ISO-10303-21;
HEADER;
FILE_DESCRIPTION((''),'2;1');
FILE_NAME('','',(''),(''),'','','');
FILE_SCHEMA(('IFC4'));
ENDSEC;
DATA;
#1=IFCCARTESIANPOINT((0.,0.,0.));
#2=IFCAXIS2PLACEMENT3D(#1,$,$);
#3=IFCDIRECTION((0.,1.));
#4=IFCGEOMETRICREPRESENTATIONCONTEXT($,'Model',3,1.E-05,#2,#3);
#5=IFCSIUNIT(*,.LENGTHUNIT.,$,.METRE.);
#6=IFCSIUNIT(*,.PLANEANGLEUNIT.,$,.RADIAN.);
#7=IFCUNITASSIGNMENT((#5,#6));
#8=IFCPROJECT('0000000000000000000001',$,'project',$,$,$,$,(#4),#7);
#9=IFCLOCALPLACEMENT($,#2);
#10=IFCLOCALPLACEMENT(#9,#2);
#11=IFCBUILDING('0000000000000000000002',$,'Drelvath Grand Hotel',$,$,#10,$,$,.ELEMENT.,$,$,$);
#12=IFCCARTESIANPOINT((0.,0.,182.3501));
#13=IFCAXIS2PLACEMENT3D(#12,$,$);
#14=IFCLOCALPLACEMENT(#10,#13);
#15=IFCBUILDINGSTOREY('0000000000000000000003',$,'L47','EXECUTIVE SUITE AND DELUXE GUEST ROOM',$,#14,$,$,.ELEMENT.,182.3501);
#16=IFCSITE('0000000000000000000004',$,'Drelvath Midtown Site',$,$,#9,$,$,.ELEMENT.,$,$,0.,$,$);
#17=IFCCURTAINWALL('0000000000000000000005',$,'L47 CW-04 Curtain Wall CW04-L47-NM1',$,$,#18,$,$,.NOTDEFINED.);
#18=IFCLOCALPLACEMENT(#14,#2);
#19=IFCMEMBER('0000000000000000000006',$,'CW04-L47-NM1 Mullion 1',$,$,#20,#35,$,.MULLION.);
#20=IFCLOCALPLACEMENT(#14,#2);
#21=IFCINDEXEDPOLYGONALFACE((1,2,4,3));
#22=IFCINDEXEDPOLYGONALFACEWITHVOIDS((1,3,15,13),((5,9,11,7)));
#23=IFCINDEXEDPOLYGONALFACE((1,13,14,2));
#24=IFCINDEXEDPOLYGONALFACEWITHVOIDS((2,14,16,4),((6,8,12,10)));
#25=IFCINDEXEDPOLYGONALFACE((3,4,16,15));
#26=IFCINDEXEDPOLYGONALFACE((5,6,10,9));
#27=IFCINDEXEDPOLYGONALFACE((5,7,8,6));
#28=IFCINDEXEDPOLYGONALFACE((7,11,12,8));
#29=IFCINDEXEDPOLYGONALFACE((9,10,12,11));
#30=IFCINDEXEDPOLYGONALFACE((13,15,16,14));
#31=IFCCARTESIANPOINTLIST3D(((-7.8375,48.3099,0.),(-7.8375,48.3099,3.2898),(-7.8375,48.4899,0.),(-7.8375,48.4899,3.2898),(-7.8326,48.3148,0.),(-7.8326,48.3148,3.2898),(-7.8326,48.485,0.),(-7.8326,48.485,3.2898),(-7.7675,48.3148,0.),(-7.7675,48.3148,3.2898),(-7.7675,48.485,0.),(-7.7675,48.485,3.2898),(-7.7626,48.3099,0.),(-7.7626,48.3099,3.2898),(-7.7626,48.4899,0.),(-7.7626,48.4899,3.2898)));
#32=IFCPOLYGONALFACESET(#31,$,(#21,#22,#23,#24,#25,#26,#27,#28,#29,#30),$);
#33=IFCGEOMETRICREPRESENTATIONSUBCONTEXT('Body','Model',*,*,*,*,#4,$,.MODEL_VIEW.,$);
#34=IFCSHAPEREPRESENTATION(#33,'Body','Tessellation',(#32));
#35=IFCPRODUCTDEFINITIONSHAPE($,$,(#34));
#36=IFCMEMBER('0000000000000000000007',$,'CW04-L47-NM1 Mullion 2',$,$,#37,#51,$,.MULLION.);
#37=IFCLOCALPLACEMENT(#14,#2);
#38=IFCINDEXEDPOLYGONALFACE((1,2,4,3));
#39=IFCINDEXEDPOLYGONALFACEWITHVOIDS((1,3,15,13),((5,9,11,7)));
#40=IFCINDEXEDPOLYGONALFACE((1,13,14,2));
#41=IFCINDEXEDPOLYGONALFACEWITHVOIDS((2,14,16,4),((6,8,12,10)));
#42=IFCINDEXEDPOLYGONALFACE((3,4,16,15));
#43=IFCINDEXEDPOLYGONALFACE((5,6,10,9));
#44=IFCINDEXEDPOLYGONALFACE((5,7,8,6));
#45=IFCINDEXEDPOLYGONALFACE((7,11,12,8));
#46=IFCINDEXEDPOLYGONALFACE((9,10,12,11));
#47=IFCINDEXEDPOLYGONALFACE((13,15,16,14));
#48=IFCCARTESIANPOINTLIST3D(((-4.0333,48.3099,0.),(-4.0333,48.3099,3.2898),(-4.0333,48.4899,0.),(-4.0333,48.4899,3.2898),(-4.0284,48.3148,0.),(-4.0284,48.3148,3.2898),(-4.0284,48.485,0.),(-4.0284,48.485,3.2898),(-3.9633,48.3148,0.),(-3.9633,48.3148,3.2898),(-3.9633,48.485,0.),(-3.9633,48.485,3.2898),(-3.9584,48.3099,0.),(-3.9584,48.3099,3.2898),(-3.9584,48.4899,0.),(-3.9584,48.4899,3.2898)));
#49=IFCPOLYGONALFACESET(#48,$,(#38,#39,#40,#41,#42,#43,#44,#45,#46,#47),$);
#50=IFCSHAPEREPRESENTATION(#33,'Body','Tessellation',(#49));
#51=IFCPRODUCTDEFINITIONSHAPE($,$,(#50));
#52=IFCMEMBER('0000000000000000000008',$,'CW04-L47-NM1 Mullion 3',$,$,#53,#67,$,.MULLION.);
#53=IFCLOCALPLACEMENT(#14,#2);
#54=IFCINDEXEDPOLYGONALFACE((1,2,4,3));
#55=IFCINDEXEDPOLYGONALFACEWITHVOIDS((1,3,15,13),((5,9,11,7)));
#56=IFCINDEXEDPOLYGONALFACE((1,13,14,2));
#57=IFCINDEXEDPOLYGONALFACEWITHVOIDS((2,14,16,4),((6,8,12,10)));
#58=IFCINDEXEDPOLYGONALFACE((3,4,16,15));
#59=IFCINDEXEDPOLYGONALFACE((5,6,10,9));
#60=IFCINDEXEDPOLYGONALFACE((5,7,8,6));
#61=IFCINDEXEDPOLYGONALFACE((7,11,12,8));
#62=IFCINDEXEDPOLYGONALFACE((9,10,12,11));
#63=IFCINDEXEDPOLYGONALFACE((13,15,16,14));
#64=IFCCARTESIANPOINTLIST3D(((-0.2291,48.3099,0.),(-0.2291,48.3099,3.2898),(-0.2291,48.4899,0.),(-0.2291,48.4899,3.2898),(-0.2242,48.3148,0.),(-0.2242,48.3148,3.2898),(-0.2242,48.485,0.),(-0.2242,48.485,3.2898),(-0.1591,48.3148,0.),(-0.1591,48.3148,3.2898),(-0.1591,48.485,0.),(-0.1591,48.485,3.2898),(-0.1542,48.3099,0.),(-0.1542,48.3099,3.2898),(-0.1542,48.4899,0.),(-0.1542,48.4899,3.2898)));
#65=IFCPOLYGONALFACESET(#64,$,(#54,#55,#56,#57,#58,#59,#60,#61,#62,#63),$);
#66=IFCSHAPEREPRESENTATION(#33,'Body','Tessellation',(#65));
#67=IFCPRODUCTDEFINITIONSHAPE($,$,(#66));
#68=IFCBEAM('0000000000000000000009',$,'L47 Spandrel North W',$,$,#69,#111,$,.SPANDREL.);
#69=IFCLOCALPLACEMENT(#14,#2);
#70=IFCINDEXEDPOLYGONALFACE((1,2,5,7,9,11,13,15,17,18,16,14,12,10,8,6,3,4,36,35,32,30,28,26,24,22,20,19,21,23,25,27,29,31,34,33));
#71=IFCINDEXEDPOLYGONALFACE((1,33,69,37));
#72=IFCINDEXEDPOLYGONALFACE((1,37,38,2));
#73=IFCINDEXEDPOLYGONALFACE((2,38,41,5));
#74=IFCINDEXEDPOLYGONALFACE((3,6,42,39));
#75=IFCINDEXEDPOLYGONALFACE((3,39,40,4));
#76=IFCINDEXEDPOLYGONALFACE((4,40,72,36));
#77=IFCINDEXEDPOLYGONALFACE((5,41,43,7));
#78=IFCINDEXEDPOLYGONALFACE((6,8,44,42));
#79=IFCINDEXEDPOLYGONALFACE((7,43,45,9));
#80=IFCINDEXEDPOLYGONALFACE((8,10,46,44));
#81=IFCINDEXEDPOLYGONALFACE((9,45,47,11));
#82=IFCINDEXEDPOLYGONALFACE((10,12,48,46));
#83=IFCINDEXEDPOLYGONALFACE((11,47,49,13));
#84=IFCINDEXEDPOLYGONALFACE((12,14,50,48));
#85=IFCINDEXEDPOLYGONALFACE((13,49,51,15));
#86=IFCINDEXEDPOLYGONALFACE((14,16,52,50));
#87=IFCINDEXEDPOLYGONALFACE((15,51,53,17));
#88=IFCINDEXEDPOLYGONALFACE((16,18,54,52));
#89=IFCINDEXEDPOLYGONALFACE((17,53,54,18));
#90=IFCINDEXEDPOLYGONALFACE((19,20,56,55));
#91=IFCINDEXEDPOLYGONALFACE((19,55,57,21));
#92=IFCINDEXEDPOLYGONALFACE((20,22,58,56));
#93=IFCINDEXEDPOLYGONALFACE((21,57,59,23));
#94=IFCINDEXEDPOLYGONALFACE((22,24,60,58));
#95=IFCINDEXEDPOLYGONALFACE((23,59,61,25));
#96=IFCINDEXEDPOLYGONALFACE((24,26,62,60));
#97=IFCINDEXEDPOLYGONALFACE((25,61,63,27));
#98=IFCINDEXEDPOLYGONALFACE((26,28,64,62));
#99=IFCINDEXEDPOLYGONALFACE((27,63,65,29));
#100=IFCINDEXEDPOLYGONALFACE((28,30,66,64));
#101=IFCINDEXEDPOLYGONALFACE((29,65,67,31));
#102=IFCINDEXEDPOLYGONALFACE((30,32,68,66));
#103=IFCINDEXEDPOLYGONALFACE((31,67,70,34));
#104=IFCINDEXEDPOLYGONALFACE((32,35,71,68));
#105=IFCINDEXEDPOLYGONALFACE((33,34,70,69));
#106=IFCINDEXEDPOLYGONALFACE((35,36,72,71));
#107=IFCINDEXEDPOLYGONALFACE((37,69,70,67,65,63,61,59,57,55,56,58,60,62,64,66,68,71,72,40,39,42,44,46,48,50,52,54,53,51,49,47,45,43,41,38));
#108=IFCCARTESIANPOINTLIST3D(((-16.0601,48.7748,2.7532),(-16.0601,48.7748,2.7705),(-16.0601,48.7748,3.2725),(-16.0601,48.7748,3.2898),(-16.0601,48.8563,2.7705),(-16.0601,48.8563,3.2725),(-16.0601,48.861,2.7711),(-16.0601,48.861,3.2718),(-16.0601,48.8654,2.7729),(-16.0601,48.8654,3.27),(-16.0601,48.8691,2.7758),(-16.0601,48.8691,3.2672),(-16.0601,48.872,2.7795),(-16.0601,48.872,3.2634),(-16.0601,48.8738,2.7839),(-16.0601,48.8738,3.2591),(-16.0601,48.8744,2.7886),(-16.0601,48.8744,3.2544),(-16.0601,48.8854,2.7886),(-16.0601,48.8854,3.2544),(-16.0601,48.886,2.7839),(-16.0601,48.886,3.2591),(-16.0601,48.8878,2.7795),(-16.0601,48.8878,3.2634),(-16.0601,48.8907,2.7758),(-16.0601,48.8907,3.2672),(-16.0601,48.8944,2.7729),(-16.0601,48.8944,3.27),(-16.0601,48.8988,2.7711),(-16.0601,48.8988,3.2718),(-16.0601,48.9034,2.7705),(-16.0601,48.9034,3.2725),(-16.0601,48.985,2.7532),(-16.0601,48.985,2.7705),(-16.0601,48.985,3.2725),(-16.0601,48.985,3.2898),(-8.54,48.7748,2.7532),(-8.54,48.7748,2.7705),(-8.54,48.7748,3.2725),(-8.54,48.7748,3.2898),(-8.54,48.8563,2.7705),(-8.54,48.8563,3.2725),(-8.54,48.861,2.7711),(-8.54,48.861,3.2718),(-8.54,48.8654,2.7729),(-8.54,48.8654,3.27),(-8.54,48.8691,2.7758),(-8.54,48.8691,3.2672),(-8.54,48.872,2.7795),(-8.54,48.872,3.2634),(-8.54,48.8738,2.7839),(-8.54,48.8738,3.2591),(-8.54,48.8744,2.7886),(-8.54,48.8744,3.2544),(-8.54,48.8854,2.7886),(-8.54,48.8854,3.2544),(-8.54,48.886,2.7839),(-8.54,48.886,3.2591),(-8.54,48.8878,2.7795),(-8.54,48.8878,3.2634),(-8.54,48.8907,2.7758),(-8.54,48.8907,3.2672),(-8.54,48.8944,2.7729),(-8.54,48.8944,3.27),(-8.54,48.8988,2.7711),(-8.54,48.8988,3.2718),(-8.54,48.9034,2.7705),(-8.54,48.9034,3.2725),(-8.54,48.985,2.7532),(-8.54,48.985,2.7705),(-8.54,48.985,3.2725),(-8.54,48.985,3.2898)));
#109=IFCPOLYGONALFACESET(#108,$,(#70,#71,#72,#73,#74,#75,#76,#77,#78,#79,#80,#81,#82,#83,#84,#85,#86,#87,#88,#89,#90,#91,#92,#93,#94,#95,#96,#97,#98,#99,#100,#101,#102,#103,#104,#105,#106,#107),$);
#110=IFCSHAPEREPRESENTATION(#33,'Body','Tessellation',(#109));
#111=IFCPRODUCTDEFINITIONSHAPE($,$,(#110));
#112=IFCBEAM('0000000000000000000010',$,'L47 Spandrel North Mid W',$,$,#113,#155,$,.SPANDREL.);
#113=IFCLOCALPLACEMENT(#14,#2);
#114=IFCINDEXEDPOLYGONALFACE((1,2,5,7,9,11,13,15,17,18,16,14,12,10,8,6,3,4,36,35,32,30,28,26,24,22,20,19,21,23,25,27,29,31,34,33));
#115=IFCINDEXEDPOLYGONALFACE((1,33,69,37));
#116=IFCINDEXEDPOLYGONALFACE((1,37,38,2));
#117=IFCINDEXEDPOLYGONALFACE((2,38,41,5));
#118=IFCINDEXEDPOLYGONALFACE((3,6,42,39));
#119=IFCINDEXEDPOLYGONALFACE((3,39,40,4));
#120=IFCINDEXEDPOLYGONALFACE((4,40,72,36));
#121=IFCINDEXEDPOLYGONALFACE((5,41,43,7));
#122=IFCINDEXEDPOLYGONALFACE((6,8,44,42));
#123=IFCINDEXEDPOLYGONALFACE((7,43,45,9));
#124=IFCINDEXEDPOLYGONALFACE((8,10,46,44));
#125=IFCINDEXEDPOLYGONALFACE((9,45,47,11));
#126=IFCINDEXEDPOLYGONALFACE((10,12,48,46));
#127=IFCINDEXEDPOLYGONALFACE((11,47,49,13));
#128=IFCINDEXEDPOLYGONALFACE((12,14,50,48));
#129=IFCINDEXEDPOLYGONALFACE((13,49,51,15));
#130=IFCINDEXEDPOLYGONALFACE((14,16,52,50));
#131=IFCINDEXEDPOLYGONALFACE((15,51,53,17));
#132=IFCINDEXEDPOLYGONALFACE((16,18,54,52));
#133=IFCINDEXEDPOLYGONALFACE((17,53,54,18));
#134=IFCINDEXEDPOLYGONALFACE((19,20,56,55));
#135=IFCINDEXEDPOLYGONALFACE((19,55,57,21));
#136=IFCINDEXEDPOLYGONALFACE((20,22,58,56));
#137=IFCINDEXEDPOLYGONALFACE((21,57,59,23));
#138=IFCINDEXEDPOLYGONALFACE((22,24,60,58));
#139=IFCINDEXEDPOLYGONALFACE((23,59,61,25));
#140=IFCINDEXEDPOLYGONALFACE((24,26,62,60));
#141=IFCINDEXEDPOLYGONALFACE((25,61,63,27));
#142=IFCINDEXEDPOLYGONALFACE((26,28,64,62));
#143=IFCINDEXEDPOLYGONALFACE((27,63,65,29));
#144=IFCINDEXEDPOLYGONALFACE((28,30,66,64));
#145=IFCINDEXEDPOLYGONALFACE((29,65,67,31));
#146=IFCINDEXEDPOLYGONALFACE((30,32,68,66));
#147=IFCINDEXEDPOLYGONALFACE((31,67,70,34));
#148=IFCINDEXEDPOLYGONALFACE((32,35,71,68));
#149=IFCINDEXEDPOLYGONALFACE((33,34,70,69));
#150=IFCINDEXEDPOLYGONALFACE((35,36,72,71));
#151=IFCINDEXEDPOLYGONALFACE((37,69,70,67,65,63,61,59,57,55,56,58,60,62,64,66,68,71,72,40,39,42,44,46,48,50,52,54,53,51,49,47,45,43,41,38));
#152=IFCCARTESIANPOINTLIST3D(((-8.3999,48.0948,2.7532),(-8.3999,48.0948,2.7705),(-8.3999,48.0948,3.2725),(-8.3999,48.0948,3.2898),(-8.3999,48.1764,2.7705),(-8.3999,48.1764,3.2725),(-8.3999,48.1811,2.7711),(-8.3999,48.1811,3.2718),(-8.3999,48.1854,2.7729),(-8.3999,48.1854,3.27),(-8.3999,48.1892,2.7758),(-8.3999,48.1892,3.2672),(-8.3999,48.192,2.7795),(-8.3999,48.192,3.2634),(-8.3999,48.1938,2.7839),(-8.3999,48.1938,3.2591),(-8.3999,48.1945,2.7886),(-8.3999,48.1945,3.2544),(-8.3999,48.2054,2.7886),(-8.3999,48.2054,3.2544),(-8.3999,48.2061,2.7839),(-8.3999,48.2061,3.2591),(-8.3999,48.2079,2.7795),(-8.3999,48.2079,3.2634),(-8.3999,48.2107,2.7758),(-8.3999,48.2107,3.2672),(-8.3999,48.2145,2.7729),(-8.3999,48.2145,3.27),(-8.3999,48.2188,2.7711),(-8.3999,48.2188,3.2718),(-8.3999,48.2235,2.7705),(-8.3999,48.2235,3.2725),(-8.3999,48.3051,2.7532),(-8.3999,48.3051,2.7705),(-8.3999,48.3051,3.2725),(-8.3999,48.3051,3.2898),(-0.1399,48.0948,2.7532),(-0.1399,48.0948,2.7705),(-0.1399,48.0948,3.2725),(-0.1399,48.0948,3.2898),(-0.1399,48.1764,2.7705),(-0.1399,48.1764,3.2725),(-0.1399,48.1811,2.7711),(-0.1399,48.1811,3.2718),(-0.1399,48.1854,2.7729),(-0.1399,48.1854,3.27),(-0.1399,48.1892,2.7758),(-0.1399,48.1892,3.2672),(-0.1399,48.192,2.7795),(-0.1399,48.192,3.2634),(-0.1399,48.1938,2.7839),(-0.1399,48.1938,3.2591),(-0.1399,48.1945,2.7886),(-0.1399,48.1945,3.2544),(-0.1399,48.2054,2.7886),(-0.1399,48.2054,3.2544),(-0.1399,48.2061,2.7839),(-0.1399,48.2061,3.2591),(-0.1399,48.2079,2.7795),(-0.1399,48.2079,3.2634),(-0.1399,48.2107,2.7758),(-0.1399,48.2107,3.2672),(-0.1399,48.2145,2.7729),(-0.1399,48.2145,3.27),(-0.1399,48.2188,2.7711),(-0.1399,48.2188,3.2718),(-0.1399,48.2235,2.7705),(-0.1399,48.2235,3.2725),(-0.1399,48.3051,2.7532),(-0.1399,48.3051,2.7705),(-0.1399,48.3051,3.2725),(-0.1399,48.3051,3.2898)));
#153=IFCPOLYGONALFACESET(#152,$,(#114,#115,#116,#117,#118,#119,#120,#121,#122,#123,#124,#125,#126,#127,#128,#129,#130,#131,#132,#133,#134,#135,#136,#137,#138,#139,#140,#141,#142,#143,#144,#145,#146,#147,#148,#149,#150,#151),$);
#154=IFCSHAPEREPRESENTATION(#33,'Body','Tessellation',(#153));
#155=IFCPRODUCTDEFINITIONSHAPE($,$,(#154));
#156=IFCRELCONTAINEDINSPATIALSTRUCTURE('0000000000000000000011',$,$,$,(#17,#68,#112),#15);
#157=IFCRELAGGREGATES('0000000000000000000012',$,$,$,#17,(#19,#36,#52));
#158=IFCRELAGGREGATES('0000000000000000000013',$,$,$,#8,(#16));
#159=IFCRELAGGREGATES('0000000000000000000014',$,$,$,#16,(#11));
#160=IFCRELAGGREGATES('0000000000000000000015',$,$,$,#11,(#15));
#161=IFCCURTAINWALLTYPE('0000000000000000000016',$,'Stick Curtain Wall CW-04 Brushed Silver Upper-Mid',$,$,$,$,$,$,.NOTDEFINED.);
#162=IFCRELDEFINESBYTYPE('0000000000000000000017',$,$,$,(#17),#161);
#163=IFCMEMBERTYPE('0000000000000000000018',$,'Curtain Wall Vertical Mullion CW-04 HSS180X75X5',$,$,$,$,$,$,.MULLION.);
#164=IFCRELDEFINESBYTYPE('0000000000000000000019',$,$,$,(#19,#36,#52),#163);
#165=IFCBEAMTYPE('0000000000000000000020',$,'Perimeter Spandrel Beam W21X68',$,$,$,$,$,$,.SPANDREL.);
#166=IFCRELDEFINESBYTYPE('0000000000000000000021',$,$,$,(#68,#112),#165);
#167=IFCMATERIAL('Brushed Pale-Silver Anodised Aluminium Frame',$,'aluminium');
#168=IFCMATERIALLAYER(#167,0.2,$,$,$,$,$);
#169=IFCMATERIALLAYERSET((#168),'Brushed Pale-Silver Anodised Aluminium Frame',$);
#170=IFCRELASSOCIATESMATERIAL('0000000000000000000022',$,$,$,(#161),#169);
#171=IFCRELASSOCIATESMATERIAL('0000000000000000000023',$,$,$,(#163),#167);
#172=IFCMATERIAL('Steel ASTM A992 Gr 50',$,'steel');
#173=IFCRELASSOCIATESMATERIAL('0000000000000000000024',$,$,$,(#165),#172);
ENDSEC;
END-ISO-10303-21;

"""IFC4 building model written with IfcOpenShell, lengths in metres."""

from ifc_helpers import new_model, si_unit, direction, frame, origin, origin_2d, place, context, subcontext, project, spatial, hollow_rectangle, i_section, extrude, material, layer, layer_set, material_profile, profile_set, type_object, element, aggregate, save


model = new_model("IFC4")

# Units and contexts
model_context = context("Model", 3, precision=1e-05, world=origin(), true_north=direction((0.0, 1.0)))
body_context = subcontext(model_context, "Body", "Model", "MODEL_VIEW")
ifc_project = project(units=[si_unit("LENGTHUNIT", "METRE"), si_unit("PLANEANGLEUNIT", "RADIAN")], contexts=[model_context])

# Site, building, storey
site_placement = place(None, origin())
site = spatial("IfcSite", under=ifc_project, at=site_placement, Name="Drelvath Midtown Site", CompositionType="ELEMENT", RefElevation=0.0)
building_placement = place(site_placement, origin())
building = spatial("IfcBuilding", under=site, at=building_placement, Name="Drelvath Grand Hotel", CompositionType="ELEMENT")
storey_placement = place(building_placement, frame((0.0, 0.0, 182.3501)))
storey = spatial("IfcBuildingStorey", under=building, at=storey_placement, Name="L47", Description="EXECUTIVE SUITE AND DELUXE GUEST ROOM", CompositionType="ELEMENT", Elevation=182.3501)

# Curtain wall
ifc_material_1 = material(Name="Brushed Pale-Silver Anodised Aluminium Frame", Category="aluminium")
ifc_layer_1 = layer(ifc_material_1, 0.2)
ifc_layer_set_1 = layer_set([ifc_layer_1], Name="Brushed Pale-Silver Anodised Aluminium Frame")
curtain_wall_type = type_object("IfcCurtainWallType", Name="Stick Curtain Wall CW-04 Brushed Silver Upper-Mid", PredefinedType="NOTDEFINED", material=ifc_layer_set_1)
curtain_wall_1_placement = place(storey_placement, origin())
curtain_wall_1 = element("IfcCurtainWall", 1, at=curtain_wall_1_placement, inside=storey, type_object=curtain_wall_type, Name="L47 CW-04 Curtain Wall CW04-L47-NM1", PredefinedType="NOTDEFINED")

# Members
ifc_material_profile_1 = material_profile(ifc_material_1, hollow_rectangle(XDim=0.075, YDim=0.1799, WallThickness=0.0049, at=origin_2d()), Name="HSS180X75X5")
ifc_profile_set_1 = profile_set([ifc_material_profile_1], Name="Brushed Pale-Silver Anodised Aluminium Frame")
member_type_1 = type_object("IfcMemberType", Name="Curtain Wall Vertical Mullion CW-04 HSS180X75X5", PredefinedType="MULLION", material=ifc_profile_set_1)
member_1_placement = place(storey_placement, frame((-7.8, 48.3999, 0.0), z_axis=(0.0, 0.0, 1.0), x_axis=(1.0, 0.0, 0.0)))
member_1 = element("IfcMember", 2, at=member_1_placement, type_object=member_type_1, Name="CW04-L47-NM1 Mullion 1", PredefinedType="MULLION", context=body_context, shape_type="SweptSolid", body=[
    extrude(hollow_rectangle(XDim=0.075, YDim=0.1799, WallThickness=0.0049, at=origin_2d()), origin(), (0.0, 0.0, 1.0), 3.2898),
])
member_2_placement = place(storey_placement, frame((-3.9958, 48.3999, 0.0), z_axis=(0.0, 0.0, 1.0), x_axis=(1.0, 0.0, 0.0)))
member_2 = element("IfcMember", 3, at=member_2_placement, type_object=member_type_1, Name="CW04-L47-NM1 Mullion 2", PredefinedType="MULLION", context=body_context, shape_type="SweptSolid", body=[
    extrude(hollow_rectangle(XDim=0.075, YDim=0.1799, WallThickness=0.0049, at=origin_2d()), origin(), (0.0, 0.0, 1.0), 3.2898),
])
member_3_placement = place(storey_placement, frame((-0.1917, 48.3999, 0.0), z_axis=(0.0, 0.0, 1.0), x_axis=(1.0, 0.0, 0.0)))
member_3 = element("IfcMember", 4, at=member_3_placement, type_object=member_type_1, Name="CW04-L47-NM1 Mullion 3", PredefinedType="MULLION", context=body_context, shape_type="SweptSolid", body=[
    extrude(hollow_rectangle(XDim=0.075, YDim=0.1799, WallThickness=0.0049, at=origin_2d()), origin(), (0.0, 0.0, 1.0), 3.2898),
])

# Beams
ifc_material_2 = material(Name="Steel ASTM A992 Gr 50", Category="steel")
ifc_material_profile_2 = material_profile(ifc_material_2, i_section(OverallWidth=0.2102, OverallDepth=0.5366, WebThickness=0.011, FlangeThickness=0.0173, FilletRadius=0.0181, at=origin_2d()), Name="W21X68")
ifc_profile_set_2 = profile_set([ifc_material_profile_2], Name="Steel ASTM A992 Gr 50")
beam_type_1 = type_object("IfcBeamType", Name="Perimeter Spandrel Beam W21X68", PredefinedType="SPANDREL", material=ifc_profile_set_2)
beam_1_placement = place(storey_placement, frame((-16.0601, 48.8799, 3.0215), z_axis=(1.0, 0.0, 0.0), x_axis=(0.0, 1.0, 0.0)))
element("IfcBeam", 5, at=beam_1_placement, inside=storey, type_object=beam_type_1, Name="L47 Spandrel North W", PredefinedType="SPANDREL", context=body_context, shape_type="SweptSolid", body=[
    extrude(i_section(OverallWidth=0.2102, OverallDepth=0.5366, WebThickness=0.011, FlangeThickness=0.0173, FilletRadius=0.0181, at=origin_2d()), origin(), (0.0, 0.0, 1.0), 7.52),
])
beam_2_placement = place(storey_placement, frame((-8.3999, 48.2, 3.0215), z_axis=(1.0, 0.0, 0.0), x_axis=(0.0, 1.0, 0.0)))
element("IfcBeam", 6, at=beam_2_placement, inside=storey, type_object=beam_type_1, Name="L47 Spandrel North Mid W", PredefinedType="SPANDREL", context=body_context, shape_type="SweptSolid", body=[
    extrude(i_section(OverallWidth=0.2102, OverallDepth=0.5366, WebThickness=0.011, FlangeThickness=0.0173, FilletRadius=0.0181, at=origin_2d()), origin(), (0.0, 0.0, 1.0), 8.26),
])

aggregate(curtain_wall_1, [member_1, member_2, member_3])

save(model, "model.ifc")
